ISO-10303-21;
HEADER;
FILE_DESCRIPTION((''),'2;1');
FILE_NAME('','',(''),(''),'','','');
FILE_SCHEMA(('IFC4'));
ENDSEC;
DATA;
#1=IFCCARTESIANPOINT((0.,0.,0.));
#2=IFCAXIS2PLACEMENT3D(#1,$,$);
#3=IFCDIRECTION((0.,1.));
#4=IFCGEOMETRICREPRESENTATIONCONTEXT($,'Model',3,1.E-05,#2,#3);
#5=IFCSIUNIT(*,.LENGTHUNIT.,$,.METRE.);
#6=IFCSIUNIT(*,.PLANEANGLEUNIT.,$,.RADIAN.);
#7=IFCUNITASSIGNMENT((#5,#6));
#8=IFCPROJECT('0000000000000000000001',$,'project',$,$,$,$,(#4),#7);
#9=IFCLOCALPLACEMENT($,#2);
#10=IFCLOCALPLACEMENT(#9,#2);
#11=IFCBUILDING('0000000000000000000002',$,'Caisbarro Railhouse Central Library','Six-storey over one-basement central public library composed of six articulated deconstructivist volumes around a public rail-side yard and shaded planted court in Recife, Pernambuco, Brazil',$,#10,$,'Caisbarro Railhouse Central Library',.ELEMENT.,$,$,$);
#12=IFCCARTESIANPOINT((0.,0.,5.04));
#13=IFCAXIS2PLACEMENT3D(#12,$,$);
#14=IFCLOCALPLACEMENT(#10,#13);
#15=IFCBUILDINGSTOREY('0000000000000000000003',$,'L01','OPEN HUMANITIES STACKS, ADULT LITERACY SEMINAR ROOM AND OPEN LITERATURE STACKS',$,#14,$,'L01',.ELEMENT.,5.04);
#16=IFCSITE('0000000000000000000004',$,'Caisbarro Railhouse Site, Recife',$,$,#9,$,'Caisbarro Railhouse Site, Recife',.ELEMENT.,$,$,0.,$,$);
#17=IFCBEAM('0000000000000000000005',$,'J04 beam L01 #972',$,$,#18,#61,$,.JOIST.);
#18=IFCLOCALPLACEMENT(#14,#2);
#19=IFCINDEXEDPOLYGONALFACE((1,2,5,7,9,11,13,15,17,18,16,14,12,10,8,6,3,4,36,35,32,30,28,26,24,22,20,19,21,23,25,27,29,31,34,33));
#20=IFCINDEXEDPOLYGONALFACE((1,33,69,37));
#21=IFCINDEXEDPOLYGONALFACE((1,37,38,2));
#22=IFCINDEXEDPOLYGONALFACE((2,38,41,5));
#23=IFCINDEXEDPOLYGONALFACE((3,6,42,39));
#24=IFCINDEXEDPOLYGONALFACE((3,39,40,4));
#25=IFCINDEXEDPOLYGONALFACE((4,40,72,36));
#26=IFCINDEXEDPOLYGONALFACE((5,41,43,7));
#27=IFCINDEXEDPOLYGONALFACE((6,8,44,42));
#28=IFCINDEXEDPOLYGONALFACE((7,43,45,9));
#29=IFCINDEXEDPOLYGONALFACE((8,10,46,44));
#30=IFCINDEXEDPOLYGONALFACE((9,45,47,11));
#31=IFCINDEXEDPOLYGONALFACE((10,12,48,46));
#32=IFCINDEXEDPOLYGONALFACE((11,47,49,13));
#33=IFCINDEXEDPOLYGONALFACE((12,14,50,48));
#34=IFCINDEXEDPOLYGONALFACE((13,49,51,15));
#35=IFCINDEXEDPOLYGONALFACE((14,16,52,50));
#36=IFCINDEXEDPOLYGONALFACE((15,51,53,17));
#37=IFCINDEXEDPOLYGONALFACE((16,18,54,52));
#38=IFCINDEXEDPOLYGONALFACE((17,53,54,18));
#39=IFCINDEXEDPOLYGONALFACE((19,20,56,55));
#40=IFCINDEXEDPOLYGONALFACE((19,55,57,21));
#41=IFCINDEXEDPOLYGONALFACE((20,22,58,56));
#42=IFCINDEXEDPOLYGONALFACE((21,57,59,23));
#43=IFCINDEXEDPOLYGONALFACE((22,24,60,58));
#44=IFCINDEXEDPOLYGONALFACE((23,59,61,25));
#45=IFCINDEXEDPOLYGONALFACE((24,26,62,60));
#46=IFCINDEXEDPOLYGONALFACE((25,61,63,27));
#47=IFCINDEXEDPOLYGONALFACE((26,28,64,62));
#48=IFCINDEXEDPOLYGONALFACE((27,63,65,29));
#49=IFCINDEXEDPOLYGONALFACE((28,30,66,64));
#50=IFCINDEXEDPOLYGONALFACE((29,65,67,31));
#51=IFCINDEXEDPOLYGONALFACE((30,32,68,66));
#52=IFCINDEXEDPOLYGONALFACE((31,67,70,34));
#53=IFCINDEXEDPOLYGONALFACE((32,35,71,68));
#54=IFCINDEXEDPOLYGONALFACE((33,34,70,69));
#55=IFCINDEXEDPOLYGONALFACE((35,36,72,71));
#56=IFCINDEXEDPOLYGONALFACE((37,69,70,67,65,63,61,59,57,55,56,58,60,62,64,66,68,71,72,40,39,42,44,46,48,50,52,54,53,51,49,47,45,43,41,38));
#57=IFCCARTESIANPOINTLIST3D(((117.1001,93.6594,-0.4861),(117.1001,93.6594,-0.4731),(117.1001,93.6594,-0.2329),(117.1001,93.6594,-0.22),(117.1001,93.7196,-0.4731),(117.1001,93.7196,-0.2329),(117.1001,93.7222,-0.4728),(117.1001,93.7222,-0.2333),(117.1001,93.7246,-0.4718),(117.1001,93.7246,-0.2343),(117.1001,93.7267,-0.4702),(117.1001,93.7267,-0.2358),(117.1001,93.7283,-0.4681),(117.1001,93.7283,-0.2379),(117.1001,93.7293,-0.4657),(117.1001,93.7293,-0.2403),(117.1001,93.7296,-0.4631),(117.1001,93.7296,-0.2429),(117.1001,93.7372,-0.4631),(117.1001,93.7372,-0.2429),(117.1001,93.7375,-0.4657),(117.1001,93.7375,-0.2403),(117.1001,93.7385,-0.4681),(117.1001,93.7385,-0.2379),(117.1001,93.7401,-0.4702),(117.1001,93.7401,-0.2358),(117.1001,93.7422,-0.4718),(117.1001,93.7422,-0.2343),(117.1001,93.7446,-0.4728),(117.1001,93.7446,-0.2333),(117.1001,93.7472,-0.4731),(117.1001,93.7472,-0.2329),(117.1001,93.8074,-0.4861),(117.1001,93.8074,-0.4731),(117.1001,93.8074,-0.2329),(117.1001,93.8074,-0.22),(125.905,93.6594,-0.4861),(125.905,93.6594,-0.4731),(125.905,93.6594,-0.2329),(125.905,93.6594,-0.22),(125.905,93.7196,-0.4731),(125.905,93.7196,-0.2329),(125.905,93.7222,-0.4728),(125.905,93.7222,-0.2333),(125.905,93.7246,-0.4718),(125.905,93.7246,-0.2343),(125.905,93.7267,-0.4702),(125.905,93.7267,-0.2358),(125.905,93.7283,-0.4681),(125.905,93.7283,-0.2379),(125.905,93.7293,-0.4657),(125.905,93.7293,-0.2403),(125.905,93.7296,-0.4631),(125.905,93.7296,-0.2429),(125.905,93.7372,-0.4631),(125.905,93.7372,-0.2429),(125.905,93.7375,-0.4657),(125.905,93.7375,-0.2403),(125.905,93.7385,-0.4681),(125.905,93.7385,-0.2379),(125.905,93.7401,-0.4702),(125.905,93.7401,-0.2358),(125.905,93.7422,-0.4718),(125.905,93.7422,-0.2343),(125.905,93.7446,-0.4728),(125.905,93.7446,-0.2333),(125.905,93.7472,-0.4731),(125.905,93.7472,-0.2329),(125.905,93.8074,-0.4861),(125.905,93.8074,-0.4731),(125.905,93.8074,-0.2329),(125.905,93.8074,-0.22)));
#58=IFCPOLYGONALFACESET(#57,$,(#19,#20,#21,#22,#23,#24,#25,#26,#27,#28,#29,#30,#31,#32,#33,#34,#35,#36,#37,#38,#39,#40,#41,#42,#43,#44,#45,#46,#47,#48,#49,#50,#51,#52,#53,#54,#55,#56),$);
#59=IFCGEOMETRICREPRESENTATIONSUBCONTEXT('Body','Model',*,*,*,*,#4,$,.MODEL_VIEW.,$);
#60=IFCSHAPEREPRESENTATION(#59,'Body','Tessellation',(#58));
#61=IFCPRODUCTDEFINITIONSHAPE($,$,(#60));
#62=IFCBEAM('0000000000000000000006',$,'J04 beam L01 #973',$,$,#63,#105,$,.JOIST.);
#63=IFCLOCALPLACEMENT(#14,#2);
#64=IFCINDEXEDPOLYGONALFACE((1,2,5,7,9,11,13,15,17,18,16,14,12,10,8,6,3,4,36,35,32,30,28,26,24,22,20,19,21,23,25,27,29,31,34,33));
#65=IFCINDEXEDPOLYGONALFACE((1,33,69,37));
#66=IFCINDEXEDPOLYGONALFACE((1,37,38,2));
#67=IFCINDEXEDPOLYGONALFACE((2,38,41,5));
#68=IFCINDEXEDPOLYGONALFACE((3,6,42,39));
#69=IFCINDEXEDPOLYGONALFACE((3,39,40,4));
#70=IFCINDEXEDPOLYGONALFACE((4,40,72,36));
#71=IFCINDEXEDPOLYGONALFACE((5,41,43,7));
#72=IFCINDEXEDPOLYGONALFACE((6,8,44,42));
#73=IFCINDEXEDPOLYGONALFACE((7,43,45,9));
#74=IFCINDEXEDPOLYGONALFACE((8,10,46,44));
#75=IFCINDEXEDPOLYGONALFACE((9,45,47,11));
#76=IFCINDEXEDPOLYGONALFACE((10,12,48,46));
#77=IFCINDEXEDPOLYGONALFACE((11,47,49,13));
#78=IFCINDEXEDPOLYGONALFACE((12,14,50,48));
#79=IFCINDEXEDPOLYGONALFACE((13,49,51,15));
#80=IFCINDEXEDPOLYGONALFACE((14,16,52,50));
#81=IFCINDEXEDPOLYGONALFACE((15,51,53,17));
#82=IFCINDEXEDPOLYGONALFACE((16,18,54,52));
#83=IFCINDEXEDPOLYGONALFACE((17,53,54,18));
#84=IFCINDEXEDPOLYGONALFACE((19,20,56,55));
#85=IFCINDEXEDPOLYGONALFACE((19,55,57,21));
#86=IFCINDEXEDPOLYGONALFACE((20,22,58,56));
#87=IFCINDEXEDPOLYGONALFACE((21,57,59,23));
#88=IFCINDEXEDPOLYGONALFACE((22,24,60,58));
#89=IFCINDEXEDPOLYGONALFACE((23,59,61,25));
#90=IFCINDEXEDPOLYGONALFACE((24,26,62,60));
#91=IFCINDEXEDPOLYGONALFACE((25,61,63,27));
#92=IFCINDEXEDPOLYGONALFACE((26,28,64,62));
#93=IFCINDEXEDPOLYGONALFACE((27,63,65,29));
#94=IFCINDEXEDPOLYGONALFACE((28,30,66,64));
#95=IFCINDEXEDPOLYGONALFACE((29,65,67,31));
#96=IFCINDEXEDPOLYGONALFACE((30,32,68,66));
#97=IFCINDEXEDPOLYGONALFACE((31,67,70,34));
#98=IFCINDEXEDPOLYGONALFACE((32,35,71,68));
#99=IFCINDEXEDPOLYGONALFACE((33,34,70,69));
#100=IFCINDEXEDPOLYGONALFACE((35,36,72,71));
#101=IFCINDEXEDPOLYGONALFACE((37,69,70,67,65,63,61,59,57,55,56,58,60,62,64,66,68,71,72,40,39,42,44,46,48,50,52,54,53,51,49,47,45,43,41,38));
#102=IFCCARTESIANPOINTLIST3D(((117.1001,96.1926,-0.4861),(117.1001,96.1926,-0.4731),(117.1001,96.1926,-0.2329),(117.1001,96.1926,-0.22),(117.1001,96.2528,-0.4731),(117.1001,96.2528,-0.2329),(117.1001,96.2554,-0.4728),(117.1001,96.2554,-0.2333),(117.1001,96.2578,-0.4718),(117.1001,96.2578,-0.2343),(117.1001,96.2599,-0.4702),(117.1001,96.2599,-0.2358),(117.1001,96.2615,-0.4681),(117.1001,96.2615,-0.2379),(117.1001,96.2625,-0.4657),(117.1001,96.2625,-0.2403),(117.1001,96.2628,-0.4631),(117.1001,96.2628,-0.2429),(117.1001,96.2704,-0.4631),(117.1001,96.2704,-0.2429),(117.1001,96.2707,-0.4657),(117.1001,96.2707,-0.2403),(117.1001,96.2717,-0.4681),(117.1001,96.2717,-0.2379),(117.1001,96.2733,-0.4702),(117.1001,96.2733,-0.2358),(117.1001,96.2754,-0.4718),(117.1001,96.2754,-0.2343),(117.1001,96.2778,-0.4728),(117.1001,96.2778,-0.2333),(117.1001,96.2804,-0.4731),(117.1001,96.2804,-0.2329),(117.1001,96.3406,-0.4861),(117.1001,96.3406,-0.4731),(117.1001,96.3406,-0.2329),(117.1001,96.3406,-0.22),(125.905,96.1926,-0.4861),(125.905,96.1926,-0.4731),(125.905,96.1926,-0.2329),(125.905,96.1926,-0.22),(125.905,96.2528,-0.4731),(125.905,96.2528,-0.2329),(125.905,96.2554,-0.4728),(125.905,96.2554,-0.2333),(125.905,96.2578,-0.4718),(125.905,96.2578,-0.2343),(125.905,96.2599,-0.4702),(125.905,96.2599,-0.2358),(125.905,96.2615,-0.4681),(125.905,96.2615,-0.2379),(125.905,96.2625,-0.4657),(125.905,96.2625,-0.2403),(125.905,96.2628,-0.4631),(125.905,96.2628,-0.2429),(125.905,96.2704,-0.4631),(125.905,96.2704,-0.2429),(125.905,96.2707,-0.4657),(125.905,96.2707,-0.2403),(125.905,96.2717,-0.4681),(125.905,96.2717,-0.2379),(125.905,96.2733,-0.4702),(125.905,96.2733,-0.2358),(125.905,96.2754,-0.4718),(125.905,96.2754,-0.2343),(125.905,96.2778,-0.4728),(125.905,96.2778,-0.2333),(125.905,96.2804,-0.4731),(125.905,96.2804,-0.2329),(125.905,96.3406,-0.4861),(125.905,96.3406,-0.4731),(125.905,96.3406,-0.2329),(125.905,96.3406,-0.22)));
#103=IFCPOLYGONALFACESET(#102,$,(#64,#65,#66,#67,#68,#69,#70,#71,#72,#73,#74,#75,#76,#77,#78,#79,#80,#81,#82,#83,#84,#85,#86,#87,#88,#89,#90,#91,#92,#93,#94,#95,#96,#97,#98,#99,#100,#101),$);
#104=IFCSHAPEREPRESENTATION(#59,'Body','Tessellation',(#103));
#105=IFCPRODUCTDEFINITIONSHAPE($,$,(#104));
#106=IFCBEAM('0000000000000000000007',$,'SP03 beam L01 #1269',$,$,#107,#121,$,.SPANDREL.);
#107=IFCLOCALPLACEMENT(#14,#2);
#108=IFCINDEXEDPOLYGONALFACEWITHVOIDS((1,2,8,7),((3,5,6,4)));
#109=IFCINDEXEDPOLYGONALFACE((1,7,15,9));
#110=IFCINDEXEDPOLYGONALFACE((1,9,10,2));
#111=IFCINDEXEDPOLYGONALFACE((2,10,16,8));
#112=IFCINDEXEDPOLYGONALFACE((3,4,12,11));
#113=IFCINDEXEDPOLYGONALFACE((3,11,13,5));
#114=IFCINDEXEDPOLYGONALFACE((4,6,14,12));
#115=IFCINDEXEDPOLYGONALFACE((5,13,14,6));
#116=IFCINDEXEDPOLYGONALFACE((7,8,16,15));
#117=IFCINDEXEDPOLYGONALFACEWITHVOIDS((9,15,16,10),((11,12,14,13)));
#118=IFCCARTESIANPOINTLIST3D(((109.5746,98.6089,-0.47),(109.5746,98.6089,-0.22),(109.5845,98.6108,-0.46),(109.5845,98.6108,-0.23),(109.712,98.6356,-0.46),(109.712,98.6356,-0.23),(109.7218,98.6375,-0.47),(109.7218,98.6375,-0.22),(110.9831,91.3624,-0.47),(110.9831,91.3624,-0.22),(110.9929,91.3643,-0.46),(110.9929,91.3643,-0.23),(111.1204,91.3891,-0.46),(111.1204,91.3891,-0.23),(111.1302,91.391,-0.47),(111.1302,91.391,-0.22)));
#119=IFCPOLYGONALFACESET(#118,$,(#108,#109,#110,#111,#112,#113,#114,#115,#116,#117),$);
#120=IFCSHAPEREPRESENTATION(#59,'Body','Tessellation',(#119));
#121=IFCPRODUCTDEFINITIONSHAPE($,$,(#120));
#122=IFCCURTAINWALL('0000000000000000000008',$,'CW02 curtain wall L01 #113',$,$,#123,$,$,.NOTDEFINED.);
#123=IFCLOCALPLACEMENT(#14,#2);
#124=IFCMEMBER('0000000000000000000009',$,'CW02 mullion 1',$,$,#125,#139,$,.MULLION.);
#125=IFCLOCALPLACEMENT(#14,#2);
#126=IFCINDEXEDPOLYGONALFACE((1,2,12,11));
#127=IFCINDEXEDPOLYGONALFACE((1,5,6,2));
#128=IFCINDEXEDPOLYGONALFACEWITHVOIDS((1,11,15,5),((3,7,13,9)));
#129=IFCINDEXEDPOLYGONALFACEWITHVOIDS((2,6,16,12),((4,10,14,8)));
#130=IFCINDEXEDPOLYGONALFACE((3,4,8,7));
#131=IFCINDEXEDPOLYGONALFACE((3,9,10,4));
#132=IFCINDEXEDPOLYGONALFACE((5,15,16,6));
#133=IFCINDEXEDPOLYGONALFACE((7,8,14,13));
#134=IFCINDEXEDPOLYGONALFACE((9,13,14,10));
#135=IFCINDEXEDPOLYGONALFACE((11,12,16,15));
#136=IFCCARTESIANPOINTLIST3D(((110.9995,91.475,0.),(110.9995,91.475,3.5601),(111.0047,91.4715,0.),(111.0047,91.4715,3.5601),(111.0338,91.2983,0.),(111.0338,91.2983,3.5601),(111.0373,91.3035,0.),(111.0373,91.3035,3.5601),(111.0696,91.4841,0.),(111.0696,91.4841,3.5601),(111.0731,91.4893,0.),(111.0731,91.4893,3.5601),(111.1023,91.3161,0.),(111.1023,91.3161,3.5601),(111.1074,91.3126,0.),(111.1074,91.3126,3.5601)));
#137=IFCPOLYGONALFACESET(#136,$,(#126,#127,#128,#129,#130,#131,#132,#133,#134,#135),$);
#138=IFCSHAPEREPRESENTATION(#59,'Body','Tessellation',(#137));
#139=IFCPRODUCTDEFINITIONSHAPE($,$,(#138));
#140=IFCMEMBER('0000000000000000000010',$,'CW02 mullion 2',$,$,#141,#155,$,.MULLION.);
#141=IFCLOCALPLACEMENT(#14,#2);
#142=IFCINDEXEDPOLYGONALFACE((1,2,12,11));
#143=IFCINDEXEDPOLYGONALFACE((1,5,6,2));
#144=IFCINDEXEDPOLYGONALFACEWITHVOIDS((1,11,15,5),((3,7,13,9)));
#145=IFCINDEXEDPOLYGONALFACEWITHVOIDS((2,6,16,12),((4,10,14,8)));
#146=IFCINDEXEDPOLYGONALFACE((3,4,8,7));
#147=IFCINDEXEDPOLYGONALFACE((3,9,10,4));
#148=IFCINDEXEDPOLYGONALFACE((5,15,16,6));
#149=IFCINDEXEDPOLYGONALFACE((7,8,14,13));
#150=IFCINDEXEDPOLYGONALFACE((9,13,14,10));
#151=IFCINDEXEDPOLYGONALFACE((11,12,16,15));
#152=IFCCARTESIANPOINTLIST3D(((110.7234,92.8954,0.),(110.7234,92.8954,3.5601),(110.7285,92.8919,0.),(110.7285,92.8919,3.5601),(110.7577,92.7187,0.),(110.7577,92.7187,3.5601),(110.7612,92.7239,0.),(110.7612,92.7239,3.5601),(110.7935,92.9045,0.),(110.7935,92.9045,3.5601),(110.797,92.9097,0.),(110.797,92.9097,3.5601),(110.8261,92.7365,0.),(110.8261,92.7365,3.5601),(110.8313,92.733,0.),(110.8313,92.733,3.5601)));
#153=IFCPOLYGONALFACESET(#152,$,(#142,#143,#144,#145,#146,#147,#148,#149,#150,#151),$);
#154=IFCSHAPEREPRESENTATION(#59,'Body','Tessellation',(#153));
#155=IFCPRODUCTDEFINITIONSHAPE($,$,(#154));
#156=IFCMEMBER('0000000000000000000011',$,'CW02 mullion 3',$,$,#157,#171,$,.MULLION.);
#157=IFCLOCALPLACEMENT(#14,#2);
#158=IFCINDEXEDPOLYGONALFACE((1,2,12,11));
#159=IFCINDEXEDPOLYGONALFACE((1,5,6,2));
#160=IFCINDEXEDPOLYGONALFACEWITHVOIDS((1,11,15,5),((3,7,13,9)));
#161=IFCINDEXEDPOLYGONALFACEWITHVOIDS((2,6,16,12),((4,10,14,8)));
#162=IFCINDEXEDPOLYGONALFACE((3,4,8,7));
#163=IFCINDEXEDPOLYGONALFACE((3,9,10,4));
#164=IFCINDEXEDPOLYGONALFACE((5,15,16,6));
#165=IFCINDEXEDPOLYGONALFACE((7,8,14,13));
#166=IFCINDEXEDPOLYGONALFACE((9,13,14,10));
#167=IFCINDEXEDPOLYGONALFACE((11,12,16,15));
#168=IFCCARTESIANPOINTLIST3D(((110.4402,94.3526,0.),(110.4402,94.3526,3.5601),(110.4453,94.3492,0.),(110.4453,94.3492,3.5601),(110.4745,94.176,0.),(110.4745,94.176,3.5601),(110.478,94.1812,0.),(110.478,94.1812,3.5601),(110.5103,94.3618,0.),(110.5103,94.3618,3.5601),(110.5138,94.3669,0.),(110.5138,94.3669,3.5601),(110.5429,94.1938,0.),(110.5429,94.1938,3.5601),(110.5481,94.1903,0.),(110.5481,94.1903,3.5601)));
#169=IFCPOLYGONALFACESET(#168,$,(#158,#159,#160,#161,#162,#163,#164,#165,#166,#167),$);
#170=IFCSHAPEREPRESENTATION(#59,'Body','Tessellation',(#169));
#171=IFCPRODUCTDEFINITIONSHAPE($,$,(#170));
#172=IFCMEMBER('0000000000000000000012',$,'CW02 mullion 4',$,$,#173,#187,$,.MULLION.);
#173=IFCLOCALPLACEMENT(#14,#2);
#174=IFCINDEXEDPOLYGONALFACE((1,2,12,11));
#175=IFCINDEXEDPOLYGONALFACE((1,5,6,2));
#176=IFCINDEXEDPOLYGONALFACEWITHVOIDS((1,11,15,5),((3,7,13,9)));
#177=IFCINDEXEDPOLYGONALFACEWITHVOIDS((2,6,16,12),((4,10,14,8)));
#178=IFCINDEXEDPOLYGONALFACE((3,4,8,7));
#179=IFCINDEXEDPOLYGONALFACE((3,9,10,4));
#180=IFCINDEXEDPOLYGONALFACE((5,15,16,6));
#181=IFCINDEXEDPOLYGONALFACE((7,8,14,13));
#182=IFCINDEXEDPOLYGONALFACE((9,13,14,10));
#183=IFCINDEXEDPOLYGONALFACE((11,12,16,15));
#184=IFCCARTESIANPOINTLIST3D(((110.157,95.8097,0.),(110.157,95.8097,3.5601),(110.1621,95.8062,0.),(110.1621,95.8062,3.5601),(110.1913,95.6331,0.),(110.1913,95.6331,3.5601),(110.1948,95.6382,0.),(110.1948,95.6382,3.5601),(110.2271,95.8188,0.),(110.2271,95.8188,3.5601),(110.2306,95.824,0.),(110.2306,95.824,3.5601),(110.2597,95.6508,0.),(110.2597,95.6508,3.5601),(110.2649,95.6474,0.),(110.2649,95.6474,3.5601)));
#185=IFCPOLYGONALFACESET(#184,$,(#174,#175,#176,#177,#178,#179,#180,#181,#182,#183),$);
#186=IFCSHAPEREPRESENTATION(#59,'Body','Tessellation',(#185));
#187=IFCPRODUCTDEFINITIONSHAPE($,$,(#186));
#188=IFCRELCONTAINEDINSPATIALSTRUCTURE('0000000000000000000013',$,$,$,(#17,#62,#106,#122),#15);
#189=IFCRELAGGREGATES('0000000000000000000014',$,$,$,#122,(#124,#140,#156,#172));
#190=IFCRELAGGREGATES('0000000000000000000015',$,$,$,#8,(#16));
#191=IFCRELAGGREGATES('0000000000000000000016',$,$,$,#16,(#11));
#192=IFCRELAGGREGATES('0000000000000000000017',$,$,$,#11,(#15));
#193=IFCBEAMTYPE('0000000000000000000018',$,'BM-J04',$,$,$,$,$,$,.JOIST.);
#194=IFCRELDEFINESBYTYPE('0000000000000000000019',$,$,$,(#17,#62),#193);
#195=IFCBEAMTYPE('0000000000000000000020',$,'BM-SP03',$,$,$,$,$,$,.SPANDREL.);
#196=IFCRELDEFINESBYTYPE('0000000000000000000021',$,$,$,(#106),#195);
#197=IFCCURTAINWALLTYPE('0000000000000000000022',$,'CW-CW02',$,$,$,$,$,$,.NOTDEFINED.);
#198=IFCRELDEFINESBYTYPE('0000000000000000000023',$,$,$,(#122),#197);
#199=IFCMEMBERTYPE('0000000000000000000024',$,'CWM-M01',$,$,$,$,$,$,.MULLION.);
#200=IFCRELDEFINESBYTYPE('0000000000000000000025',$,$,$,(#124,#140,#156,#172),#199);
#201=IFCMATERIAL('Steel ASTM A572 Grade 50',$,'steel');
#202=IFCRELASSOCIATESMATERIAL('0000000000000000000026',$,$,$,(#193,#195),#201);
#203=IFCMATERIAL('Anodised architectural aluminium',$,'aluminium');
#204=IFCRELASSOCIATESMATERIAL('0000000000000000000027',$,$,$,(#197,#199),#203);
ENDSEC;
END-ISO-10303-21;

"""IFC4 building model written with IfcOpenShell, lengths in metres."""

from ifc_helpers import new_model, si_unit, direction, frame, origin, origin_2d, place, context, subcontext, project, spatial, hollow_rectangle, i_section, extrude, material, material_profile, profile_set, type_object, element, aggregate, save


model = new_model("IFC4")

# Units and contexts
model_context = context("Model", 3, precision=1e-05, world=origin(), true_north=direction((0.0, 1.0)))
body_context = subcontext(model_context, "Body", "Model", "MODEL_VIEW")
ifc_project = project(units=[si_unit("LENGTHUNIT", "METRE"), si_unit("PLANEANGLEUNIT", "RADIAN")], contexts=[model_context])

# Site, building, storey
site_placement = place(None, origin())
site = spatial("IfcSite", under=ifc_project, at=site_placement, Name="Caisbarro Railhouse Site, Recife", LongName="Caisbarro Railhouse Site, Recife", CompositionType="ELEMENT", RefElevation=0.0)
building_placement = place(site_placement, origin())
building = spatial("IfcBuilding", under=site, at=building_placement, Name="Caisbarro Railhouse Central Library", Description="Six-storey over one-basement central public library composed of six articulated deconstructivist volumes around a public rail-side yard and shaded planted court in Recife, Pernambuco, Brazil", LongName="Caisbarro Railhouse Central Library", CompositionType="ELEMENT")
storey_placement = place(building_placement, frame((0.0, 0.0, 5.04)))
storey = spatial("IfcBuildingStorey", under=building, at=storey_placement, Name="L01", Description="OPEN HUMANITIES STACKS, ADULT LITERACY SEMINAR ROOM AND OPEN LITERATURE STACKS", LongName="L01", CompositionType="ELEMENT", Elevation=5.04)

# Beams
ifc_material_1 = material(Name="Steel ASTM A572 Grade 50", Category="steel")
ifc_material_profile_1 = material_profile(ifc_material_1, i_section(OverallWidth=0.1479, OverallDepth=0.2661, WebThickness=0.0076, FlangeThickness=0.0129, FilletRadius=0.01, at=origin_2d()), Name="W250X44.8")
ifc_profile_set_1 = profile_set([ifc_material_profile_1], Name="Steel ASTM A572 Grade 50")
beam_type_1 = type_object("IfcBeamType", Name="BM-J04", PredefinedType="JOIST", material=ifc_profile_set_1)
for number, where, z_axis, x_axis, name in (
    (1, (117.1001, 93.7334, -0.353), (1.0, 0.0, 0.0), (0.0, 1.0, 0.0), "J04 beam L01 #972"),
    (2, (117.1001, 96.2666, -0.353), (1.0, 0.0, 0.0), (0.0, 1.0, 0.0), "J04 beam L01 #973"),
):
    element("IfcBeam", number, at=place(storey_placement, frame(where, z_axis=z_axis, x_axis=x_axis)), inside=storey, type_object=beam_type_1, Name=name, PredefinedType="JOIST", context=body_context, shape_type="SweptSolid", body=[
        extrude(i_section(OverallWidth=0.1479, OverallDepth=0.2661, WebThickness=0.0076, FlangeThickness=0.0129, FilletRadius=0.01, at=origin_2d()), origin(), (0.0, 0.0, 1.0), 8.8049),
    ])
ifc_material_profile_2 = material_profile(ifc_material_1, hollow_rectangle(XDim=0.1499, YDim=0.25, WallThickness=0.01, at=origin_2d()), Name="HSS250X150X10")
ifc_profile_set_2 = profile_set([ifc_material_profile_2], Name="Steel ASTM A572 Grade 50")
beam_type_2 = type_object("IfcBeamType", Name="BM-SP03", PredefinedType="SPANDREL", material=ifc_profile_set_2)
beam_placement = place(storey_placement, frame((111.0566, 91.3767, -0.345), z_axis=(-0.19079, 0.981631, 0.0), x_axis=(-0.981631, -0.19079, 0.0)))
element("IfcBeam", 3, at=beam_placement, inside=storey, type_object=beam_type_2, Name="SP03 beam L01 #1269", PredefinedType="SPANDREL", context=body_context, shape_type="SweptSolid", body=[
    extrude(hollow_rectangle(XDim=0.1499, YDim=0.25, WallThickness=0.01, at=origin_2d()), origin(), (0.0, 0.0, 1.0), 7.3821),
])

# Curtain wall, members
ifc_material_2 = material(Name="Anodised architectural aluminium", Category="aluminium")
curtain_wall_type = type_object("IfcCurtainWallType", Name="CW-CW02", PredefinedType="NOTDEFINED", material=ifc_material_2)
curtain_wall_placement = place(storey_placement, origin())
curtain_wall = element("IfcCurtainWall", 4, at=curtain_wall_placement, inside=storey, type_object=curtain_wall_type, Name="CW02 curtain wall L01 #113", PredefinedType="NOTDEFINED")
ifc_material_profile_3 = material_profile(ifc_material_2, hollow_rectangle(XDim=0.075, YDim=0.1799, WallThickness=0.0044, at=origin_2d()), Name="ALU-MUL-75X180")
ifc_profile_set_3 = profile_set([ifc_material_profile_3], Name="Anodised architectural aluminium")
member_type_1 = type_object("IfcMemberType", Name="CWM-M01", PredefinedType="MULLION", material=ifc_profile_set_3)
member_1_placement = place(storey_placement, frame((111.0535, 91.3938, 0.0), z_axis=(0.0, 0.0, 1.0), x_axis=(-0.981633, -0.190781, 0.0)))
member_1 = element("IfcMember", 5, at=member_1_placement, type_object=member_type_1, Name="CW02 mullion 1", PredefinedType="MULLION", context=body_context, shape_type="SweptSolid", body=[
    extrude(hollow_rectangle(XDim=0.075, YDim=0.1799, WallThickness=0.0044, at=origin_2d()), origin(), (0.0, 0.0, 1.0), 3.5601),
])
member_2_placement = place(storey_placement, frame((110.7773, 92.8142, 0.0), z_axis=(0.0, 0.0, 1.0), x_axis=(-0.981633, -0.190781, 0.0)))
member_2 = element("IfcMember", 6, at=member_2_placement, type_object=member_type_1, Name="CW02 mullion 2", PredefinedType="MULLION", context=body_context, shape_type="SweptSolid", body=[
    extrude(hollow_rectangle(XDim=0.075, YDim=0.1799, WallThickness=0.0044, at=origin_2d()), origin(), (0.0, 0.0, 1.0), 3.5601),
])
member_3_placement = place(storey_placement, frame((110.4941, 94.2715, 0.0), z_axis=(0.0, 0.0, 1.0), x_axis=(-0.981633, -0.190781, 0.0)))
member_3 = element("IfcMember", 7, at=member_3_placement, type_object=member_type_1, Name="CW02 mullion 3", PredefinedType="MULLION", context=body_context, shape_type="SweptSolid", body=[
    extrude(hollow_rectangle(XDim=0.075, YDim=0.1799, WallThickness=0.0044, at=origin_2d()), origin(), (0.0, 0.0, 1.0), 3.5601),
])
member_4_placement = place(storey_placement, frame((110.2109, 95.7285, 0.0), z_axis=(0.0, 0.0, 1.0), x_axis=(-0.981633, -0.190781, 0.0)))
member_4 = element("IfcMember", 8, at=member_4_placement, type_object=member_type_1, Name="CW02 mullion 4", PredefinedType="MULLION", context=body_context, shape_type="SweptSolid", body=[
    extrude(hollow_rectangle(XDim=0.075, YDim=0.1799, WallThickness=0.0044, at=origin_2d()), origin(), (0.0, 0.0, 1.0), 3.5601),
])
aggregate(curtain_wall, [member_1, member_2, member_3, member_4])

save(model, "model.ifc")
